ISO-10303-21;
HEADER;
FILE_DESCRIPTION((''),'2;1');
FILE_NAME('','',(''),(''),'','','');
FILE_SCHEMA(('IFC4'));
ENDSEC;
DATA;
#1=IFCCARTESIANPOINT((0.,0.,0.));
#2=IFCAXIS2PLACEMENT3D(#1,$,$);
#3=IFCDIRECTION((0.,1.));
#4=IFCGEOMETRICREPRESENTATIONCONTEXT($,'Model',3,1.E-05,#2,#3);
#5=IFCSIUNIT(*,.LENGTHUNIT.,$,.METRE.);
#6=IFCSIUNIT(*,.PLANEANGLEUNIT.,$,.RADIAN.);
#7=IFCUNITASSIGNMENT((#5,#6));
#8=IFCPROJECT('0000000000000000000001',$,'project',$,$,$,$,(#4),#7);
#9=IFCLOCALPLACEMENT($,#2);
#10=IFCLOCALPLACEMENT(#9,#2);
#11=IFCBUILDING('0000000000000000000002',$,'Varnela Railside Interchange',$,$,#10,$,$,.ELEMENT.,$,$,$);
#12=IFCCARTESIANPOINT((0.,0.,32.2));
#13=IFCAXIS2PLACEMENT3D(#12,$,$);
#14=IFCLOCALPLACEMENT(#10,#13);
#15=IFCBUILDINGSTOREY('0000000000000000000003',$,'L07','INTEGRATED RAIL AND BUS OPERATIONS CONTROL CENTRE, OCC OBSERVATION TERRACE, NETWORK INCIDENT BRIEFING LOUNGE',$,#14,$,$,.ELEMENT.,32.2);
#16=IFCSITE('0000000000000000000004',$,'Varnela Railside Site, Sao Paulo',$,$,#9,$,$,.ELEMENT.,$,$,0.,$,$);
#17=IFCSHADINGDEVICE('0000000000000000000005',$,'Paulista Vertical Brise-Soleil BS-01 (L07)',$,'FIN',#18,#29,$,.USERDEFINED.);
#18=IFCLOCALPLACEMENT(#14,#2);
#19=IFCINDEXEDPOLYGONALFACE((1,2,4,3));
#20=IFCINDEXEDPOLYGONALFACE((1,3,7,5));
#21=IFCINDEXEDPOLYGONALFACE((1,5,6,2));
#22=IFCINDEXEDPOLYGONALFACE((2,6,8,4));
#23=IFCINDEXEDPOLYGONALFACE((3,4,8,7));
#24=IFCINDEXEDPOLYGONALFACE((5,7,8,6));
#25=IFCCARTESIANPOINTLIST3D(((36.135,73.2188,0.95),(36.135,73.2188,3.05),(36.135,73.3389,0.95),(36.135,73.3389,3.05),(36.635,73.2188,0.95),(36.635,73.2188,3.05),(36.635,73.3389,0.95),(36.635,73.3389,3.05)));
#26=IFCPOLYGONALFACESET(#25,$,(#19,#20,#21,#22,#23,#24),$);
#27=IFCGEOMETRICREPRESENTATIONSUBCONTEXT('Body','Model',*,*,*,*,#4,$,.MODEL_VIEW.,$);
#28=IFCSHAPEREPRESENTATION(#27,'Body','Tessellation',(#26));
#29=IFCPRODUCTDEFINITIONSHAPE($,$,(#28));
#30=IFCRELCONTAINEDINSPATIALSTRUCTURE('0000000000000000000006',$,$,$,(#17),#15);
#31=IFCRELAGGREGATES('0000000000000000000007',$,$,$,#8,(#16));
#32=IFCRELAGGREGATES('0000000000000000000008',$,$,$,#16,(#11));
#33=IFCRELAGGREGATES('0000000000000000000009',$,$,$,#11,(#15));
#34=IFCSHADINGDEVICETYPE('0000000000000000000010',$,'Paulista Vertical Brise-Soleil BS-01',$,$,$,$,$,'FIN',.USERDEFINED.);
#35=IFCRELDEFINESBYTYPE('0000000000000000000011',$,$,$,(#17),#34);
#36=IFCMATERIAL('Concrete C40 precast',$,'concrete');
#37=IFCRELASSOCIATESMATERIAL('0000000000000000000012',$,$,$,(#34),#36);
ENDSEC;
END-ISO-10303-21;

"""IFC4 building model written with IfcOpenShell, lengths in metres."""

from ifc_helpers import new_model, si_unit, direction, frame, origin, origin_2d, place, context, subcontext, project, spatial, rectangle, extrude, material, type_object, element, save


model = new_model("IFC4")

# Units and contexts
model_context = context("Model", 3, precision=1e-05, world=origin(), true_north=direction((0.0, 1.0)))
body_context = subcontext(model_context, "Body", "Model", "MODEL_VIEW")
ifc_project = project(units=[si_unit("LENGTHUNIT", "METRE"), si_unit("PLANEANGLEUNIT", "RADIAN")], contexts=[model_context])

# Site, building, storey
site_placement = place(None, origin())
site = spatial("IfcSite", under=ifc_project, at=site_placement, Name="Varnela Railside Site, Sao Paulo", CompositionType="ELEMENT", RefElevation=0.0)
building_placement = place(site_placement, origin())
building = spatial("IfcBuilding", under=site, at=building_placement, Name="Varnela Railside Interchange", CompositionType="ELEMENT")
storey_placement = place(building_placement, frame((0.0, 0.0, 32.2)))
storey = spatial("IfcBuildingStorey", under=building, at=storey_placement, Name="L07", Description="INTEGRATED RAIL AND BUS OPERATIONS CONTROL CENTRE, OCC OBSERVATION TERRACE, NETWORK INCIDENT BRIEFING LOUNGE", CompositionType="ELEMENT", Elevation=32.2)

# Shared definitions
ifc_material_1 = material(Name="Concrete C40 precast", Category="concrete")

# Shading device
shading_device_type = type_object("IfcShadingDeviceType", Name="Paulista Vertical Brise-Soleil BS-01", ElementType="FIN", PredefinedType="USERDEFINED", material=ifc_material_1)
for number, where, z_axis, x_axis, name in (
    (1, (36.385, 73.2788, 0.95), (0.0, 0.0, 1.0), (1.0, 0.0, 0.0), "Paulista Vertical Brise-Soleil BS-01 (L07)"),
):
    element("IfcShadingDevice", number, at=place(storey_placement, frame(where, z_axis=z_axis, x_axis=x_axis)), inside=storey, type_object=shading_device_type, Name=name, ObjectType="FIN", PredefinedType="USERDEFINED", context=body_context, shape_type="SweptSolid", body=[
        extrude(rectangle(XDim=0.5, YDim=0.1201, at=origin_2d()), origin(), (0.0, 0.0, 1.0), 2.1001),
    ])

save(model, "model.ifc")
